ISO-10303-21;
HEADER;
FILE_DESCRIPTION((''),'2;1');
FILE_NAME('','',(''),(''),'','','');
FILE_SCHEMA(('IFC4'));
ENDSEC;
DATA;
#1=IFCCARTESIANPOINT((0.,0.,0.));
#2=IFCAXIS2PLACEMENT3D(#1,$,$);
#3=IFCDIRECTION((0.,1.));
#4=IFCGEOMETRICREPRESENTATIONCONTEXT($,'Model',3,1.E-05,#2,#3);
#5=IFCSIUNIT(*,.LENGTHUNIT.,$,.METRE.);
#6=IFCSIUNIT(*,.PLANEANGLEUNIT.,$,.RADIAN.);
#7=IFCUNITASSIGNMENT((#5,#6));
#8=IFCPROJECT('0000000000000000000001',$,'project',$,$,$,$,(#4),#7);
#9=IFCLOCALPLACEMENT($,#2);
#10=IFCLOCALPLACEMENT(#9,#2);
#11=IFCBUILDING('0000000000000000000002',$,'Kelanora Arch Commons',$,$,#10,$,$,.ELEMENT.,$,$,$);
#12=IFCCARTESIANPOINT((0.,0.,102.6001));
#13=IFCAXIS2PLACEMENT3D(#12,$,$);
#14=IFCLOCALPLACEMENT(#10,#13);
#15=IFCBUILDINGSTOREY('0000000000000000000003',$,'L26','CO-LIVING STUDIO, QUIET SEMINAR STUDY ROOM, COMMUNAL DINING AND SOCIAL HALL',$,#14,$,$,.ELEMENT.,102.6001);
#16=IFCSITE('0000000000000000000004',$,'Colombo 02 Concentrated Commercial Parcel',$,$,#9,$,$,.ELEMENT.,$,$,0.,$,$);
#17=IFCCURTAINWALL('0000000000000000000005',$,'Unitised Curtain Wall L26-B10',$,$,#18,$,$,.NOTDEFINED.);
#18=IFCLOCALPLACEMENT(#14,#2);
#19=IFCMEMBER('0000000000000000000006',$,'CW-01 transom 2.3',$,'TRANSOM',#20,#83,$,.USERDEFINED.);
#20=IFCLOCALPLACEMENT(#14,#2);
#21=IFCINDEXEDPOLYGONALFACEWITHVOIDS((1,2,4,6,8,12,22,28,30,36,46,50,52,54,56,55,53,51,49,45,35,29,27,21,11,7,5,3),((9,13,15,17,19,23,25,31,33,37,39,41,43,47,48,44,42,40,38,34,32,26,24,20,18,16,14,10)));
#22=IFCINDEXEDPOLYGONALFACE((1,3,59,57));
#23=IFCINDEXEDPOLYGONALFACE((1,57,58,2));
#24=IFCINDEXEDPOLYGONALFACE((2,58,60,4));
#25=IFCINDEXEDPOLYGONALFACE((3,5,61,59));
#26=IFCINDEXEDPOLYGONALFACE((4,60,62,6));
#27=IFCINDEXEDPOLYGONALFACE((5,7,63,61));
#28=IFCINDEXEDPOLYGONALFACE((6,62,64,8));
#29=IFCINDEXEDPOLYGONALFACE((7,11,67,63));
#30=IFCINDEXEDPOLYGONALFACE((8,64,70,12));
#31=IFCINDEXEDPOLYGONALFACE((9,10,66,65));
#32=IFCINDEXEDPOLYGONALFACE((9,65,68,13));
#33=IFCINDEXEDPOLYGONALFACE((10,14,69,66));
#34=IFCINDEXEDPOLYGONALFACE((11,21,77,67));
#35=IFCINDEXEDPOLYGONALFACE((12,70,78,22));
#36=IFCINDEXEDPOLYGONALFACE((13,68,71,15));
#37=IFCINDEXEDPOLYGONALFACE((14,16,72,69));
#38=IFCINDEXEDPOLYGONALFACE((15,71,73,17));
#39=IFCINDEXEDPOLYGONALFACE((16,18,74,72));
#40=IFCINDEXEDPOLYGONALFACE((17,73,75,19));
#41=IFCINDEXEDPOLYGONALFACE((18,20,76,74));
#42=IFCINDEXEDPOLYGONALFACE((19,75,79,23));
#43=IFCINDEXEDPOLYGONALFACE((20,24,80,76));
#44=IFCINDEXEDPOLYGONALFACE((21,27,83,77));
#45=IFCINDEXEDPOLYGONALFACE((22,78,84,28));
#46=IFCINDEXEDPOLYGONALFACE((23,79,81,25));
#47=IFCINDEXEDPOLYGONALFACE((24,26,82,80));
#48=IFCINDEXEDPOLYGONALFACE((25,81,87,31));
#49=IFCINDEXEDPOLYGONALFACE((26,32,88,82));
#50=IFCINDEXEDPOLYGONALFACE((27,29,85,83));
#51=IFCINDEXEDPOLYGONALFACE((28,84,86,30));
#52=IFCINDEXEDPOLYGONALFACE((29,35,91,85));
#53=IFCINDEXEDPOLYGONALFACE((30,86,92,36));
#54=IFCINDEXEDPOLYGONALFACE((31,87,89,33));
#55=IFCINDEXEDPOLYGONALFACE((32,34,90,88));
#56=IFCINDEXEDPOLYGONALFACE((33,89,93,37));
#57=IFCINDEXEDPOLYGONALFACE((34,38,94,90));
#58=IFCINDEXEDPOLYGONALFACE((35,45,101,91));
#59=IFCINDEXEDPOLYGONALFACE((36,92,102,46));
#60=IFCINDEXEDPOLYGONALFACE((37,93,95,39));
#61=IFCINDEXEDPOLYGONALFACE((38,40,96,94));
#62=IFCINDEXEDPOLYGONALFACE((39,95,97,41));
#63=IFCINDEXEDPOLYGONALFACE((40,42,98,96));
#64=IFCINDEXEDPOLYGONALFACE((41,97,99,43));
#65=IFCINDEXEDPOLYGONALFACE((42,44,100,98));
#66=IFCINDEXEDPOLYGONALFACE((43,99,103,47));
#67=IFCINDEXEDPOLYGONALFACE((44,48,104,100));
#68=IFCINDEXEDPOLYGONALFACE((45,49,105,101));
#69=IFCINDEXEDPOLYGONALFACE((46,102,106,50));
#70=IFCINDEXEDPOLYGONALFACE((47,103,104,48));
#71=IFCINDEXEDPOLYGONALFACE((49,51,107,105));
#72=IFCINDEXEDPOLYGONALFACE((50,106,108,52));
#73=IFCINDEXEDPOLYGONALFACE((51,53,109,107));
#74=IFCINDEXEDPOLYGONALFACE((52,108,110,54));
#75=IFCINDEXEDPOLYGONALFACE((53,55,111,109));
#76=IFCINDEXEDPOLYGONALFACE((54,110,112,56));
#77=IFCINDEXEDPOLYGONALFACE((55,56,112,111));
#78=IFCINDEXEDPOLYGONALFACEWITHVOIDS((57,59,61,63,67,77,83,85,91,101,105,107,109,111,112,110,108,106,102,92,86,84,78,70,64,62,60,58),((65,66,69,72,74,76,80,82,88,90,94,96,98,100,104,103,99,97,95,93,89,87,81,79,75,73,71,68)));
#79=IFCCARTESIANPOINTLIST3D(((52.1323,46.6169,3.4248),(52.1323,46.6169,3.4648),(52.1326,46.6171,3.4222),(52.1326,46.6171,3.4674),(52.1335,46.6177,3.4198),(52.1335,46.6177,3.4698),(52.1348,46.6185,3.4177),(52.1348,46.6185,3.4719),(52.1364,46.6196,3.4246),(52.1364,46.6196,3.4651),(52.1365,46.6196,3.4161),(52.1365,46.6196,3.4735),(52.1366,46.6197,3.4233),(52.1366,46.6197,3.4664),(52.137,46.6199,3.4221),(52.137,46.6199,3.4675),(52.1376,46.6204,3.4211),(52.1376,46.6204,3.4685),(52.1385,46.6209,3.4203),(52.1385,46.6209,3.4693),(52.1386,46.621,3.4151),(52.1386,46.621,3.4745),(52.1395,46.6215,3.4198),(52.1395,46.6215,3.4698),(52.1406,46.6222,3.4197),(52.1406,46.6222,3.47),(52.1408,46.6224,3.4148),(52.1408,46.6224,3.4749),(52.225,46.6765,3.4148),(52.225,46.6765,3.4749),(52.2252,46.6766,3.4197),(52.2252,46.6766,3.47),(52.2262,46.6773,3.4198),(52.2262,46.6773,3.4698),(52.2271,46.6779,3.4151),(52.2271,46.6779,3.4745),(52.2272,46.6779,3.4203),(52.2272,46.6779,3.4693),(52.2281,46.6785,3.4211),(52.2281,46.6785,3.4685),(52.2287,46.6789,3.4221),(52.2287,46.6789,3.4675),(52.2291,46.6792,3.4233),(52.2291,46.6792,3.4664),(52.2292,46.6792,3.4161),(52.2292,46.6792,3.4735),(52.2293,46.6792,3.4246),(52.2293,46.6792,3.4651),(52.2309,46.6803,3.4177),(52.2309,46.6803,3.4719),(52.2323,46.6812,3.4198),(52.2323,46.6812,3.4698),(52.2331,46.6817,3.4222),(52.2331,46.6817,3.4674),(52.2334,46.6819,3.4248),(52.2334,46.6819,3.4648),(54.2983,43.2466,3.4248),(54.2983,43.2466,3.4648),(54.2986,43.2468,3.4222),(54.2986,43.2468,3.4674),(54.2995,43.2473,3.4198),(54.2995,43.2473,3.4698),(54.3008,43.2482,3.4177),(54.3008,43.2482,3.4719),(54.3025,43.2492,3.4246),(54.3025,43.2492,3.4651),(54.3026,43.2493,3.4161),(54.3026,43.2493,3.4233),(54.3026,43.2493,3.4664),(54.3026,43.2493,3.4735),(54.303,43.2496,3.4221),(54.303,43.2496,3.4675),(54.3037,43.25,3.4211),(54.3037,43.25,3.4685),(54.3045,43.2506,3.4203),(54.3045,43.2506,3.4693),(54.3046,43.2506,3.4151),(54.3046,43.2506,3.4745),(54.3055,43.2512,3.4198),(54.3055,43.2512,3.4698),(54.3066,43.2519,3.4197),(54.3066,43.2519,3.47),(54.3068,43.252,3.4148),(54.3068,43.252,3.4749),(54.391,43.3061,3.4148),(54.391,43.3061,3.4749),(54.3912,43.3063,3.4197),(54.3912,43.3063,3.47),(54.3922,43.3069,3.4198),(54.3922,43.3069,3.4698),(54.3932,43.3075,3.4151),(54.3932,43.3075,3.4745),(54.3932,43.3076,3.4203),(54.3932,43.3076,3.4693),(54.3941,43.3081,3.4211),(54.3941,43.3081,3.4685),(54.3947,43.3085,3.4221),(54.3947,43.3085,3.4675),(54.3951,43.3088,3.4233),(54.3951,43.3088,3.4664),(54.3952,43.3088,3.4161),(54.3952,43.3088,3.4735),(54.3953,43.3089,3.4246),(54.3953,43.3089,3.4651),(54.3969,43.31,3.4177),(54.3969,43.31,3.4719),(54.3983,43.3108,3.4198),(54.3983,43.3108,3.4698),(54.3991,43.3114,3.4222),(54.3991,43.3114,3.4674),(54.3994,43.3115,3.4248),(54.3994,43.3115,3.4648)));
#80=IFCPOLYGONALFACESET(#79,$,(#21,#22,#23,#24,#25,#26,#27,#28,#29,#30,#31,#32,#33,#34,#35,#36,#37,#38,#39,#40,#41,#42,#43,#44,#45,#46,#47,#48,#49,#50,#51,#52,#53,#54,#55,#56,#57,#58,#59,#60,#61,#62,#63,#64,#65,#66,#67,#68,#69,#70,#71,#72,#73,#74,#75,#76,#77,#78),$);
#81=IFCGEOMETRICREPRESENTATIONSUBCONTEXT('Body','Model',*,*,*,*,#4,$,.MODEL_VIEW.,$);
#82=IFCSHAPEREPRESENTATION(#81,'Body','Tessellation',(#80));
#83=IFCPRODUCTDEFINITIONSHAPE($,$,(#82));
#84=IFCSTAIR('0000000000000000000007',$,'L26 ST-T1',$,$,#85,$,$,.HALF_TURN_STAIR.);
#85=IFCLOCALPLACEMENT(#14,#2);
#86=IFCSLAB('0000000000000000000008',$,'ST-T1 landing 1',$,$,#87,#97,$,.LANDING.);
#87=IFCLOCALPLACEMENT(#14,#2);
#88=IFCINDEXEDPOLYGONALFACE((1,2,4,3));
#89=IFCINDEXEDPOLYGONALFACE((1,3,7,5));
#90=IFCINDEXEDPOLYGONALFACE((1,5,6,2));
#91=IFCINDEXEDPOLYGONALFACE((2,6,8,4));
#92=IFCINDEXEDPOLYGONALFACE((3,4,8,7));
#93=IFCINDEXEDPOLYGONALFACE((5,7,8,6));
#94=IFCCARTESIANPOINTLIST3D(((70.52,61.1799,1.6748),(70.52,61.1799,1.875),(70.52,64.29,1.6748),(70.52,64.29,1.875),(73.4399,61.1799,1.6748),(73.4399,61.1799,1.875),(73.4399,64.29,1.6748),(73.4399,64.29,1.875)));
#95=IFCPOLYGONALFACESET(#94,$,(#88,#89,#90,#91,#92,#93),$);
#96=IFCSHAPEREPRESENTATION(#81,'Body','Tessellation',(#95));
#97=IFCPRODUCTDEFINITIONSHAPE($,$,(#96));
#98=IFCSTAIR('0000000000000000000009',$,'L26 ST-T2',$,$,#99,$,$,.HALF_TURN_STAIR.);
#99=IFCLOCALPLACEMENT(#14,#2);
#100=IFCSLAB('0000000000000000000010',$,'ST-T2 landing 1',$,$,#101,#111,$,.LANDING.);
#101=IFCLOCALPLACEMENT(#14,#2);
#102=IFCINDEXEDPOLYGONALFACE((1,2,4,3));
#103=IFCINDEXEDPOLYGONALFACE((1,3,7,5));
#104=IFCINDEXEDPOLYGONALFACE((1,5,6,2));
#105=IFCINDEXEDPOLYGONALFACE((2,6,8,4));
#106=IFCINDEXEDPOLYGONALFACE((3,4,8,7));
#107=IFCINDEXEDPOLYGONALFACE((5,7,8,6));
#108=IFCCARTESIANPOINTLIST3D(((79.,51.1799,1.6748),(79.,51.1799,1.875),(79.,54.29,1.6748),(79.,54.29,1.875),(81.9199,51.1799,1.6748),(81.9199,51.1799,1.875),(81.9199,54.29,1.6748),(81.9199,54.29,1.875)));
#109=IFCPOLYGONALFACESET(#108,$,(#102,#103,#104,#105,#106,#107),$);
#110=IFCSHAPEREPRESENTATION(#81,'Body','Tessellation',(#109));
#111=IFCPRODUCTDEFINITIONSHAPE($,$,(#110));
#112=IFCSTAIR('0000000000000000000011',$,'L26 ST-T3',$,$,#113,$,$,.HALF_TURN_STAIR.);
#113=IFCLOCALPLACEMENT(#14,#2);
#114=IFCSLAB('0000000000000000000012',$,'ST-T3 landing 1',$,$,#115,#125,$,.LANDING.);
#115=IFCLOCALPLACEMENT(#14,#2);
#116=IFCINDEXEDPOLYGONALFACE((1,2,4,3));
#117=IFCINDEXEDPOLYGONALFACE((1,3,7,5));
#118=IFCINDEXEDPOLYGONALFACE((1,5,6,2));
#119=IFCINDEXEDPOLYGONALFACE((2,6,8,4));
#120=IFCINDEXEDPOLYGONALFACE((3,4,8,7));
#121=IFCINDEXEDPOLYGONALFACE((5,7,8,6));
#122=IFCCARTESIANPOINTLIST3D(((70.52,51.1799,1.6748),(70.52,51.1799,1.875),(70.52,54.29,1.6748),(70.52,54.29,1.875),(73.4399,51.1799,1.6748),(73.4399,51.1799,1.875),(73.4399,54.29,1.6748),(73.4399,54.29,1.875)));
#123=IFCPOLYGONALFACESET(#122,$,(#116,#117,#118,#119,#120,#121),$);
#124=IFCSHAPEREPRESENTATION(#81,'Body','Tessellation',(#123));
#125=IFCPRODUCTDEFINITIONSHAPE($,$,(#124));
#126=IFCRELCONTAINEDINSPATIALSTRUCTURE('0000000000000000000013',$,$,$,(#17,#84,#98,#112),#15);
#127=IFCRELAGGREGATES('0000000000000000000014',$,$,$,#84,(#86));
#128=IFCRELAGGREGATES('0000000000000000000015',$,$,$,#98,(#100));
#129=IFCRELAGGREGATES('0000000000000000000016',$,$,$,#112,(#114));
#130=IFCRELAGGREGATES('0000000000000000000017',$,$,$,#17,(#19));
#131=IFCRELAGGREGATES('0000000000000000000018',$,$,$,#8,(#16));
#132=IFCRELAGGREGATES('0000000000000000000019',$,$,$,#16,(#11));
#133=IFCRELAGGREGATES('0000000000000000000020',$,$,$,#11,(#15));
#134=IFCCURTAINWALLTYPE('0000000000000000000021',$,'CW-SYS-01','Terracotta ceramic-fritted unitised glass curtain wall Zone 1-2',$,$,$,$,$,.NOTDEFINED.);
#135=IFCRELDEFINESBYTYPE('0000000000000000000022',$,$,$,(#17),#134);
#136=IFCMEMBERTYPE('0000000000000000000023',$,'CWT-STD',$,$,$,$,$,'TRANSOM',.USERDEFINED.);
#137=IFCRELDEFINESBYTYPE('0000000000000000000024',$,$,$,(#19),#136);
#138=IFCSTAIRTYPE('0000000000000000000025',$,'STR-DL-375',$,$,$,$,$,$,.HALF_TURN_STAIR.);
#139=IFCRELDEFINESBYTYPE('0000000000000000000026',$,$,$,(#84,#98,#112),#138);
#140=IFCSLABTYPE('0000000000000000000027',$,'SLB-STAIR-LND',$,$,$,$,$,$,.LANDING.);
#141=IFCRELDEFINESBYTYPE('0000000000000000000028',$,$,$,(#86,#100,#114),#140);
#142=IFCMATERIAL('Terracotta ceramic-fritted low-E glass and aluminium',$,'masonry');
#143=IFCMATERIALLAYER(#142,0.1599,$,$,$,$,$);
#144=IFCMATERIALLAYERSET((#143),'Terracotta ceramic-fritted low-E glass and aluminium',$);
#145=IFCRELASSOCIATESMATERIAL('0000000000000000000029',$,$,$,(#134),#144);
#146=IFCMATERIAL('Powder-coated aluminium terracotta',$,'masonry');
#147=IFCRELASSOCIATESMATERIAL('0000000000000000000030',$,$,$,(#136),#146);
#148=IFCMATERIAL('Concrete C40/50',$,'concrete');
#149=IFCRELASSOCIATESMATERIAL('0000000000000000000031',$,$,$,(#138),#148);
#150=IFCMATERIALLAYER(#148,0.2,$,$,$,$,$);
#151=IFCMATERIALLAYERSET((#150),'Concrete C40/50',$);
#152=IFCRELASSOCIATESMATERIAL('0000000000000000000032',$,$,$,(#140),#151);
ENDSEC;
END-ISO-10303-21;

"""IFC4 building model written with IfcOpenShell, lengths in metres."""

from ifc_helpers import new_model, si_unit, direction, frame, origin, origin_2d, place, context, subcontext, project, spatial, polyline, hollow_rectangle, outline, extrude, material, layer, layer_set, material_profile, profile_set, type_object, element, aggregate, save


model = new_model("IFC4")

# Units and contexts
model_context = context("Model", 3, precision=1e-05, world=origin(), true_north=direction((0.0, 1.0)))
body_context = subcontext(model_context, "Body", "Model", "MODEL_VIEW")
ifc_project = project(units=[si_unit("LENGTHUNIT", "METRE"), si_unit("PLANEANGLEUNIT", "RADIAN")], contexts=[model_context])

# Site, building, storey
site_placement = place(None, origin())
site = spatial("IfcSite", under=ifc_project, at=site_placement, Name="Colombo 02 Concentrated Commercial Parcel", CompositionType="ELEMENT", RefElevation=0.0)
building_placement = place(site_placement, origin())
building = spatial("IfcBuilding", under=site, at=building_placement, Name="Kelanora Arch Commons", CompositionType="ELEMENT")
storey_placement = place(building_placement, frame((0.0, 0.0, 102.6001)))
storey = spatial("IfcBuildingStorey", under=building, at=storey_placement, Name="L26", Description="CO-LIVING STUDIO, QUIET SEMINAR STUDY ROOM, COMMUNAL DINING AND SOCIAL HALL", CompositionType="ELEMENT", Elevation=102.6001)

# Shared definitions
ifc_material_1 = material(Name="Terracotta ceramic-fritted low-E glass and aluminium", Category="masonry")
ifc_layer_1 = layer(ifc_material_1, 0.1599)
ifc_layer_set_1 = layer_set([ifc_layer_1], Name="Terracotta ceramic-fritted low-E glass and aluminium")
curtain_wall_type = type_object("IfcCurtainWallType", Name="CW-SYS-01", Description="Terracotta ceramic-fritted unitised glass curtain wall Zone 1-2", PredefinedType="NOTDEFINED", material=ifc_layer_set_1)
ifc_material_2 = material(Name="Powder-coated aluminium terracotta", Category="masonry")

# Curtain wall, member
curtain_wall_1_placement = place(storey_placement, origin())
curtain_wall_1 = element("IfcCurtainWall", 1, at=curtain_wall_1_placement, inside=storey, type_object=curtain_wall_type, Name="Unitised Curtain Wall L26-B10", PredefinedType="NOTDEFINED")
ifc_material_profile_1 = material_profile(ifc_material_2, hollow_rectangle(XDim=0.1201, YDim=0.0601, WallThickness=0.0049, InnerFilletRadius=0.0049, OuterFilletRadius=0.01, at=origin_2d()), Name="CWT120x60")
ifc_profile_set_1 = profile_set([ifc_material_profile_1], Name="Powder-coated aluminium terracotta")
member_type_1 = type_object("IfcMemberType", Name="CWT-STD", ElementType="TRANSOM", PredefinedType="USERDEFINED", material=ifc_profile_set_1)
member_1_placement = place(storey_placement, frame((52.1829, 46.6494, 3.4448), z_axis=(0.540644, -0.841252, 0.0), x_axis=(0.841252, 0.540644, 0.0)))
member_1 = element("IfcMember", 2, at=member_1_placement, type_object=member_type_1, Name="CW-01 transom 2.3", ObjectType="TRANSOM", PredefinedType="USERDEFINED", context=body_context, shape_type="SweptSolid", body=[
    extrude(hollow_rectangle(XDim=0.1201, YDim=0.0601, WallThickness=0.0049, InnerFilletRadius=0.0049, OuterFilletRadius=0.01, at=origin_2d()), origin(), (0.0, 0.0, 1.0), 4.0063),
])

# Stairs, slabs
ifc_material_3 = material(Name="Concrete C40/50", Category="concrete")
stair_type = type_object("IfcStairType", Name="STR-DL-375", PredefinedType="HALF_TURN_STAIR", material=ifc_material_3)
stair_1_placement = place(storey_placement, origin())
stair_1 = element("IfcStair", 3, at=stair_1_placement, inside=storey, type_object=stair_type, Name="L26 ST-T1", PredefinedType="HALF_TURN_STAIR")
ifc_layer_2 = layer(ifc_material_3, 0.2)
ifc_layer_set_2 = layer_set([ifc_layer_2], Name="Concrete C40/50")
slab_type_1 = type_object("IfcSlabType", Name="SLB-STAIR-LND", PredefinedType="LANDING", material=ifc_layer_set_2)
slab_1_placement = place(storey_placement, frame((0.0, 0.0, 1.6748)))
slab_1 = element("IfcSlab", 4, at=slab_1_placement, type_object=slab_type_1, Name="ST-T1 landing 1", PredefinedType="LANDING", context=body_context, shape_type="SweptSolid", body=[
    extrude(outline(polyline([(70.52, 61.1799), (73.4399, 61.1799), (73.4399, 64.29), (70.52, 64.29), (70.52, 61.1799)])), origin(), (0.0, 0.0, 1.0), 0.2002),
])
aggregate(stair_1, [slab_1])
stair_2_placement = place(storey_placement, origin())
stair_2 = element("IfcStair", 5, at=stair_2_placement, inside=storey, type_object=stair_type, Name="L26 ST-T2", PredefinedType="HALF_TURN_STAIR")
slab_2_placement = place(storey_placement, frame((0.0, 0.0, 1.6748)))
slab_2 = element("IfcSlab", 6, at=slab_2_placement, type_object=slab_type_1, Name="ST-T2 landing 1", PredefinedType="LANDING", context=body_context, shape_type="SweptSolid", body=[
    extrude(outline(polyline([(79.0, 51.1799), (81.9199, 51.1799), (81.9199, 54.29), (79.0, 54.29), (79.0, 51.1799)])), origin(), (0.0, 0.0, 1.0), 0.2002),
])
aggregate(stair_2, [slab_2])
stair_3_placement = place(storey_placement, origin())
stair_3 = element("IfcStair", 7, at=stair_3_placement, inside=storey, type_object=stair_type, Name="L26 ST-T3", PredefinedType="HALF_TURN_STAIR")
slab_3_placement = place(storey_placement, frame((0.0, 0.0, 1.6748)))
slab_3 = element("IfcSlab", 8, at=slab_3_placement, type_object=slab_type_1, Name="ST-T3 landing 1", PredefinedType="LANDING", context=body_context, shape_type="SweptSolid", body=[
    extrude(outline(polyline([(70.52, 51.1799), (73.4399, 51.1799), (73.4399, 54.29), (70.52, 54.29), (70.52, 51.1799)])), origin(), (0.0, 0.0, 1.0), 0.2002),
])
aggregate(stair_3, [slab_3])

aggregate(curtain_wall_1, [member_1])

save(model, "model.ifc")
